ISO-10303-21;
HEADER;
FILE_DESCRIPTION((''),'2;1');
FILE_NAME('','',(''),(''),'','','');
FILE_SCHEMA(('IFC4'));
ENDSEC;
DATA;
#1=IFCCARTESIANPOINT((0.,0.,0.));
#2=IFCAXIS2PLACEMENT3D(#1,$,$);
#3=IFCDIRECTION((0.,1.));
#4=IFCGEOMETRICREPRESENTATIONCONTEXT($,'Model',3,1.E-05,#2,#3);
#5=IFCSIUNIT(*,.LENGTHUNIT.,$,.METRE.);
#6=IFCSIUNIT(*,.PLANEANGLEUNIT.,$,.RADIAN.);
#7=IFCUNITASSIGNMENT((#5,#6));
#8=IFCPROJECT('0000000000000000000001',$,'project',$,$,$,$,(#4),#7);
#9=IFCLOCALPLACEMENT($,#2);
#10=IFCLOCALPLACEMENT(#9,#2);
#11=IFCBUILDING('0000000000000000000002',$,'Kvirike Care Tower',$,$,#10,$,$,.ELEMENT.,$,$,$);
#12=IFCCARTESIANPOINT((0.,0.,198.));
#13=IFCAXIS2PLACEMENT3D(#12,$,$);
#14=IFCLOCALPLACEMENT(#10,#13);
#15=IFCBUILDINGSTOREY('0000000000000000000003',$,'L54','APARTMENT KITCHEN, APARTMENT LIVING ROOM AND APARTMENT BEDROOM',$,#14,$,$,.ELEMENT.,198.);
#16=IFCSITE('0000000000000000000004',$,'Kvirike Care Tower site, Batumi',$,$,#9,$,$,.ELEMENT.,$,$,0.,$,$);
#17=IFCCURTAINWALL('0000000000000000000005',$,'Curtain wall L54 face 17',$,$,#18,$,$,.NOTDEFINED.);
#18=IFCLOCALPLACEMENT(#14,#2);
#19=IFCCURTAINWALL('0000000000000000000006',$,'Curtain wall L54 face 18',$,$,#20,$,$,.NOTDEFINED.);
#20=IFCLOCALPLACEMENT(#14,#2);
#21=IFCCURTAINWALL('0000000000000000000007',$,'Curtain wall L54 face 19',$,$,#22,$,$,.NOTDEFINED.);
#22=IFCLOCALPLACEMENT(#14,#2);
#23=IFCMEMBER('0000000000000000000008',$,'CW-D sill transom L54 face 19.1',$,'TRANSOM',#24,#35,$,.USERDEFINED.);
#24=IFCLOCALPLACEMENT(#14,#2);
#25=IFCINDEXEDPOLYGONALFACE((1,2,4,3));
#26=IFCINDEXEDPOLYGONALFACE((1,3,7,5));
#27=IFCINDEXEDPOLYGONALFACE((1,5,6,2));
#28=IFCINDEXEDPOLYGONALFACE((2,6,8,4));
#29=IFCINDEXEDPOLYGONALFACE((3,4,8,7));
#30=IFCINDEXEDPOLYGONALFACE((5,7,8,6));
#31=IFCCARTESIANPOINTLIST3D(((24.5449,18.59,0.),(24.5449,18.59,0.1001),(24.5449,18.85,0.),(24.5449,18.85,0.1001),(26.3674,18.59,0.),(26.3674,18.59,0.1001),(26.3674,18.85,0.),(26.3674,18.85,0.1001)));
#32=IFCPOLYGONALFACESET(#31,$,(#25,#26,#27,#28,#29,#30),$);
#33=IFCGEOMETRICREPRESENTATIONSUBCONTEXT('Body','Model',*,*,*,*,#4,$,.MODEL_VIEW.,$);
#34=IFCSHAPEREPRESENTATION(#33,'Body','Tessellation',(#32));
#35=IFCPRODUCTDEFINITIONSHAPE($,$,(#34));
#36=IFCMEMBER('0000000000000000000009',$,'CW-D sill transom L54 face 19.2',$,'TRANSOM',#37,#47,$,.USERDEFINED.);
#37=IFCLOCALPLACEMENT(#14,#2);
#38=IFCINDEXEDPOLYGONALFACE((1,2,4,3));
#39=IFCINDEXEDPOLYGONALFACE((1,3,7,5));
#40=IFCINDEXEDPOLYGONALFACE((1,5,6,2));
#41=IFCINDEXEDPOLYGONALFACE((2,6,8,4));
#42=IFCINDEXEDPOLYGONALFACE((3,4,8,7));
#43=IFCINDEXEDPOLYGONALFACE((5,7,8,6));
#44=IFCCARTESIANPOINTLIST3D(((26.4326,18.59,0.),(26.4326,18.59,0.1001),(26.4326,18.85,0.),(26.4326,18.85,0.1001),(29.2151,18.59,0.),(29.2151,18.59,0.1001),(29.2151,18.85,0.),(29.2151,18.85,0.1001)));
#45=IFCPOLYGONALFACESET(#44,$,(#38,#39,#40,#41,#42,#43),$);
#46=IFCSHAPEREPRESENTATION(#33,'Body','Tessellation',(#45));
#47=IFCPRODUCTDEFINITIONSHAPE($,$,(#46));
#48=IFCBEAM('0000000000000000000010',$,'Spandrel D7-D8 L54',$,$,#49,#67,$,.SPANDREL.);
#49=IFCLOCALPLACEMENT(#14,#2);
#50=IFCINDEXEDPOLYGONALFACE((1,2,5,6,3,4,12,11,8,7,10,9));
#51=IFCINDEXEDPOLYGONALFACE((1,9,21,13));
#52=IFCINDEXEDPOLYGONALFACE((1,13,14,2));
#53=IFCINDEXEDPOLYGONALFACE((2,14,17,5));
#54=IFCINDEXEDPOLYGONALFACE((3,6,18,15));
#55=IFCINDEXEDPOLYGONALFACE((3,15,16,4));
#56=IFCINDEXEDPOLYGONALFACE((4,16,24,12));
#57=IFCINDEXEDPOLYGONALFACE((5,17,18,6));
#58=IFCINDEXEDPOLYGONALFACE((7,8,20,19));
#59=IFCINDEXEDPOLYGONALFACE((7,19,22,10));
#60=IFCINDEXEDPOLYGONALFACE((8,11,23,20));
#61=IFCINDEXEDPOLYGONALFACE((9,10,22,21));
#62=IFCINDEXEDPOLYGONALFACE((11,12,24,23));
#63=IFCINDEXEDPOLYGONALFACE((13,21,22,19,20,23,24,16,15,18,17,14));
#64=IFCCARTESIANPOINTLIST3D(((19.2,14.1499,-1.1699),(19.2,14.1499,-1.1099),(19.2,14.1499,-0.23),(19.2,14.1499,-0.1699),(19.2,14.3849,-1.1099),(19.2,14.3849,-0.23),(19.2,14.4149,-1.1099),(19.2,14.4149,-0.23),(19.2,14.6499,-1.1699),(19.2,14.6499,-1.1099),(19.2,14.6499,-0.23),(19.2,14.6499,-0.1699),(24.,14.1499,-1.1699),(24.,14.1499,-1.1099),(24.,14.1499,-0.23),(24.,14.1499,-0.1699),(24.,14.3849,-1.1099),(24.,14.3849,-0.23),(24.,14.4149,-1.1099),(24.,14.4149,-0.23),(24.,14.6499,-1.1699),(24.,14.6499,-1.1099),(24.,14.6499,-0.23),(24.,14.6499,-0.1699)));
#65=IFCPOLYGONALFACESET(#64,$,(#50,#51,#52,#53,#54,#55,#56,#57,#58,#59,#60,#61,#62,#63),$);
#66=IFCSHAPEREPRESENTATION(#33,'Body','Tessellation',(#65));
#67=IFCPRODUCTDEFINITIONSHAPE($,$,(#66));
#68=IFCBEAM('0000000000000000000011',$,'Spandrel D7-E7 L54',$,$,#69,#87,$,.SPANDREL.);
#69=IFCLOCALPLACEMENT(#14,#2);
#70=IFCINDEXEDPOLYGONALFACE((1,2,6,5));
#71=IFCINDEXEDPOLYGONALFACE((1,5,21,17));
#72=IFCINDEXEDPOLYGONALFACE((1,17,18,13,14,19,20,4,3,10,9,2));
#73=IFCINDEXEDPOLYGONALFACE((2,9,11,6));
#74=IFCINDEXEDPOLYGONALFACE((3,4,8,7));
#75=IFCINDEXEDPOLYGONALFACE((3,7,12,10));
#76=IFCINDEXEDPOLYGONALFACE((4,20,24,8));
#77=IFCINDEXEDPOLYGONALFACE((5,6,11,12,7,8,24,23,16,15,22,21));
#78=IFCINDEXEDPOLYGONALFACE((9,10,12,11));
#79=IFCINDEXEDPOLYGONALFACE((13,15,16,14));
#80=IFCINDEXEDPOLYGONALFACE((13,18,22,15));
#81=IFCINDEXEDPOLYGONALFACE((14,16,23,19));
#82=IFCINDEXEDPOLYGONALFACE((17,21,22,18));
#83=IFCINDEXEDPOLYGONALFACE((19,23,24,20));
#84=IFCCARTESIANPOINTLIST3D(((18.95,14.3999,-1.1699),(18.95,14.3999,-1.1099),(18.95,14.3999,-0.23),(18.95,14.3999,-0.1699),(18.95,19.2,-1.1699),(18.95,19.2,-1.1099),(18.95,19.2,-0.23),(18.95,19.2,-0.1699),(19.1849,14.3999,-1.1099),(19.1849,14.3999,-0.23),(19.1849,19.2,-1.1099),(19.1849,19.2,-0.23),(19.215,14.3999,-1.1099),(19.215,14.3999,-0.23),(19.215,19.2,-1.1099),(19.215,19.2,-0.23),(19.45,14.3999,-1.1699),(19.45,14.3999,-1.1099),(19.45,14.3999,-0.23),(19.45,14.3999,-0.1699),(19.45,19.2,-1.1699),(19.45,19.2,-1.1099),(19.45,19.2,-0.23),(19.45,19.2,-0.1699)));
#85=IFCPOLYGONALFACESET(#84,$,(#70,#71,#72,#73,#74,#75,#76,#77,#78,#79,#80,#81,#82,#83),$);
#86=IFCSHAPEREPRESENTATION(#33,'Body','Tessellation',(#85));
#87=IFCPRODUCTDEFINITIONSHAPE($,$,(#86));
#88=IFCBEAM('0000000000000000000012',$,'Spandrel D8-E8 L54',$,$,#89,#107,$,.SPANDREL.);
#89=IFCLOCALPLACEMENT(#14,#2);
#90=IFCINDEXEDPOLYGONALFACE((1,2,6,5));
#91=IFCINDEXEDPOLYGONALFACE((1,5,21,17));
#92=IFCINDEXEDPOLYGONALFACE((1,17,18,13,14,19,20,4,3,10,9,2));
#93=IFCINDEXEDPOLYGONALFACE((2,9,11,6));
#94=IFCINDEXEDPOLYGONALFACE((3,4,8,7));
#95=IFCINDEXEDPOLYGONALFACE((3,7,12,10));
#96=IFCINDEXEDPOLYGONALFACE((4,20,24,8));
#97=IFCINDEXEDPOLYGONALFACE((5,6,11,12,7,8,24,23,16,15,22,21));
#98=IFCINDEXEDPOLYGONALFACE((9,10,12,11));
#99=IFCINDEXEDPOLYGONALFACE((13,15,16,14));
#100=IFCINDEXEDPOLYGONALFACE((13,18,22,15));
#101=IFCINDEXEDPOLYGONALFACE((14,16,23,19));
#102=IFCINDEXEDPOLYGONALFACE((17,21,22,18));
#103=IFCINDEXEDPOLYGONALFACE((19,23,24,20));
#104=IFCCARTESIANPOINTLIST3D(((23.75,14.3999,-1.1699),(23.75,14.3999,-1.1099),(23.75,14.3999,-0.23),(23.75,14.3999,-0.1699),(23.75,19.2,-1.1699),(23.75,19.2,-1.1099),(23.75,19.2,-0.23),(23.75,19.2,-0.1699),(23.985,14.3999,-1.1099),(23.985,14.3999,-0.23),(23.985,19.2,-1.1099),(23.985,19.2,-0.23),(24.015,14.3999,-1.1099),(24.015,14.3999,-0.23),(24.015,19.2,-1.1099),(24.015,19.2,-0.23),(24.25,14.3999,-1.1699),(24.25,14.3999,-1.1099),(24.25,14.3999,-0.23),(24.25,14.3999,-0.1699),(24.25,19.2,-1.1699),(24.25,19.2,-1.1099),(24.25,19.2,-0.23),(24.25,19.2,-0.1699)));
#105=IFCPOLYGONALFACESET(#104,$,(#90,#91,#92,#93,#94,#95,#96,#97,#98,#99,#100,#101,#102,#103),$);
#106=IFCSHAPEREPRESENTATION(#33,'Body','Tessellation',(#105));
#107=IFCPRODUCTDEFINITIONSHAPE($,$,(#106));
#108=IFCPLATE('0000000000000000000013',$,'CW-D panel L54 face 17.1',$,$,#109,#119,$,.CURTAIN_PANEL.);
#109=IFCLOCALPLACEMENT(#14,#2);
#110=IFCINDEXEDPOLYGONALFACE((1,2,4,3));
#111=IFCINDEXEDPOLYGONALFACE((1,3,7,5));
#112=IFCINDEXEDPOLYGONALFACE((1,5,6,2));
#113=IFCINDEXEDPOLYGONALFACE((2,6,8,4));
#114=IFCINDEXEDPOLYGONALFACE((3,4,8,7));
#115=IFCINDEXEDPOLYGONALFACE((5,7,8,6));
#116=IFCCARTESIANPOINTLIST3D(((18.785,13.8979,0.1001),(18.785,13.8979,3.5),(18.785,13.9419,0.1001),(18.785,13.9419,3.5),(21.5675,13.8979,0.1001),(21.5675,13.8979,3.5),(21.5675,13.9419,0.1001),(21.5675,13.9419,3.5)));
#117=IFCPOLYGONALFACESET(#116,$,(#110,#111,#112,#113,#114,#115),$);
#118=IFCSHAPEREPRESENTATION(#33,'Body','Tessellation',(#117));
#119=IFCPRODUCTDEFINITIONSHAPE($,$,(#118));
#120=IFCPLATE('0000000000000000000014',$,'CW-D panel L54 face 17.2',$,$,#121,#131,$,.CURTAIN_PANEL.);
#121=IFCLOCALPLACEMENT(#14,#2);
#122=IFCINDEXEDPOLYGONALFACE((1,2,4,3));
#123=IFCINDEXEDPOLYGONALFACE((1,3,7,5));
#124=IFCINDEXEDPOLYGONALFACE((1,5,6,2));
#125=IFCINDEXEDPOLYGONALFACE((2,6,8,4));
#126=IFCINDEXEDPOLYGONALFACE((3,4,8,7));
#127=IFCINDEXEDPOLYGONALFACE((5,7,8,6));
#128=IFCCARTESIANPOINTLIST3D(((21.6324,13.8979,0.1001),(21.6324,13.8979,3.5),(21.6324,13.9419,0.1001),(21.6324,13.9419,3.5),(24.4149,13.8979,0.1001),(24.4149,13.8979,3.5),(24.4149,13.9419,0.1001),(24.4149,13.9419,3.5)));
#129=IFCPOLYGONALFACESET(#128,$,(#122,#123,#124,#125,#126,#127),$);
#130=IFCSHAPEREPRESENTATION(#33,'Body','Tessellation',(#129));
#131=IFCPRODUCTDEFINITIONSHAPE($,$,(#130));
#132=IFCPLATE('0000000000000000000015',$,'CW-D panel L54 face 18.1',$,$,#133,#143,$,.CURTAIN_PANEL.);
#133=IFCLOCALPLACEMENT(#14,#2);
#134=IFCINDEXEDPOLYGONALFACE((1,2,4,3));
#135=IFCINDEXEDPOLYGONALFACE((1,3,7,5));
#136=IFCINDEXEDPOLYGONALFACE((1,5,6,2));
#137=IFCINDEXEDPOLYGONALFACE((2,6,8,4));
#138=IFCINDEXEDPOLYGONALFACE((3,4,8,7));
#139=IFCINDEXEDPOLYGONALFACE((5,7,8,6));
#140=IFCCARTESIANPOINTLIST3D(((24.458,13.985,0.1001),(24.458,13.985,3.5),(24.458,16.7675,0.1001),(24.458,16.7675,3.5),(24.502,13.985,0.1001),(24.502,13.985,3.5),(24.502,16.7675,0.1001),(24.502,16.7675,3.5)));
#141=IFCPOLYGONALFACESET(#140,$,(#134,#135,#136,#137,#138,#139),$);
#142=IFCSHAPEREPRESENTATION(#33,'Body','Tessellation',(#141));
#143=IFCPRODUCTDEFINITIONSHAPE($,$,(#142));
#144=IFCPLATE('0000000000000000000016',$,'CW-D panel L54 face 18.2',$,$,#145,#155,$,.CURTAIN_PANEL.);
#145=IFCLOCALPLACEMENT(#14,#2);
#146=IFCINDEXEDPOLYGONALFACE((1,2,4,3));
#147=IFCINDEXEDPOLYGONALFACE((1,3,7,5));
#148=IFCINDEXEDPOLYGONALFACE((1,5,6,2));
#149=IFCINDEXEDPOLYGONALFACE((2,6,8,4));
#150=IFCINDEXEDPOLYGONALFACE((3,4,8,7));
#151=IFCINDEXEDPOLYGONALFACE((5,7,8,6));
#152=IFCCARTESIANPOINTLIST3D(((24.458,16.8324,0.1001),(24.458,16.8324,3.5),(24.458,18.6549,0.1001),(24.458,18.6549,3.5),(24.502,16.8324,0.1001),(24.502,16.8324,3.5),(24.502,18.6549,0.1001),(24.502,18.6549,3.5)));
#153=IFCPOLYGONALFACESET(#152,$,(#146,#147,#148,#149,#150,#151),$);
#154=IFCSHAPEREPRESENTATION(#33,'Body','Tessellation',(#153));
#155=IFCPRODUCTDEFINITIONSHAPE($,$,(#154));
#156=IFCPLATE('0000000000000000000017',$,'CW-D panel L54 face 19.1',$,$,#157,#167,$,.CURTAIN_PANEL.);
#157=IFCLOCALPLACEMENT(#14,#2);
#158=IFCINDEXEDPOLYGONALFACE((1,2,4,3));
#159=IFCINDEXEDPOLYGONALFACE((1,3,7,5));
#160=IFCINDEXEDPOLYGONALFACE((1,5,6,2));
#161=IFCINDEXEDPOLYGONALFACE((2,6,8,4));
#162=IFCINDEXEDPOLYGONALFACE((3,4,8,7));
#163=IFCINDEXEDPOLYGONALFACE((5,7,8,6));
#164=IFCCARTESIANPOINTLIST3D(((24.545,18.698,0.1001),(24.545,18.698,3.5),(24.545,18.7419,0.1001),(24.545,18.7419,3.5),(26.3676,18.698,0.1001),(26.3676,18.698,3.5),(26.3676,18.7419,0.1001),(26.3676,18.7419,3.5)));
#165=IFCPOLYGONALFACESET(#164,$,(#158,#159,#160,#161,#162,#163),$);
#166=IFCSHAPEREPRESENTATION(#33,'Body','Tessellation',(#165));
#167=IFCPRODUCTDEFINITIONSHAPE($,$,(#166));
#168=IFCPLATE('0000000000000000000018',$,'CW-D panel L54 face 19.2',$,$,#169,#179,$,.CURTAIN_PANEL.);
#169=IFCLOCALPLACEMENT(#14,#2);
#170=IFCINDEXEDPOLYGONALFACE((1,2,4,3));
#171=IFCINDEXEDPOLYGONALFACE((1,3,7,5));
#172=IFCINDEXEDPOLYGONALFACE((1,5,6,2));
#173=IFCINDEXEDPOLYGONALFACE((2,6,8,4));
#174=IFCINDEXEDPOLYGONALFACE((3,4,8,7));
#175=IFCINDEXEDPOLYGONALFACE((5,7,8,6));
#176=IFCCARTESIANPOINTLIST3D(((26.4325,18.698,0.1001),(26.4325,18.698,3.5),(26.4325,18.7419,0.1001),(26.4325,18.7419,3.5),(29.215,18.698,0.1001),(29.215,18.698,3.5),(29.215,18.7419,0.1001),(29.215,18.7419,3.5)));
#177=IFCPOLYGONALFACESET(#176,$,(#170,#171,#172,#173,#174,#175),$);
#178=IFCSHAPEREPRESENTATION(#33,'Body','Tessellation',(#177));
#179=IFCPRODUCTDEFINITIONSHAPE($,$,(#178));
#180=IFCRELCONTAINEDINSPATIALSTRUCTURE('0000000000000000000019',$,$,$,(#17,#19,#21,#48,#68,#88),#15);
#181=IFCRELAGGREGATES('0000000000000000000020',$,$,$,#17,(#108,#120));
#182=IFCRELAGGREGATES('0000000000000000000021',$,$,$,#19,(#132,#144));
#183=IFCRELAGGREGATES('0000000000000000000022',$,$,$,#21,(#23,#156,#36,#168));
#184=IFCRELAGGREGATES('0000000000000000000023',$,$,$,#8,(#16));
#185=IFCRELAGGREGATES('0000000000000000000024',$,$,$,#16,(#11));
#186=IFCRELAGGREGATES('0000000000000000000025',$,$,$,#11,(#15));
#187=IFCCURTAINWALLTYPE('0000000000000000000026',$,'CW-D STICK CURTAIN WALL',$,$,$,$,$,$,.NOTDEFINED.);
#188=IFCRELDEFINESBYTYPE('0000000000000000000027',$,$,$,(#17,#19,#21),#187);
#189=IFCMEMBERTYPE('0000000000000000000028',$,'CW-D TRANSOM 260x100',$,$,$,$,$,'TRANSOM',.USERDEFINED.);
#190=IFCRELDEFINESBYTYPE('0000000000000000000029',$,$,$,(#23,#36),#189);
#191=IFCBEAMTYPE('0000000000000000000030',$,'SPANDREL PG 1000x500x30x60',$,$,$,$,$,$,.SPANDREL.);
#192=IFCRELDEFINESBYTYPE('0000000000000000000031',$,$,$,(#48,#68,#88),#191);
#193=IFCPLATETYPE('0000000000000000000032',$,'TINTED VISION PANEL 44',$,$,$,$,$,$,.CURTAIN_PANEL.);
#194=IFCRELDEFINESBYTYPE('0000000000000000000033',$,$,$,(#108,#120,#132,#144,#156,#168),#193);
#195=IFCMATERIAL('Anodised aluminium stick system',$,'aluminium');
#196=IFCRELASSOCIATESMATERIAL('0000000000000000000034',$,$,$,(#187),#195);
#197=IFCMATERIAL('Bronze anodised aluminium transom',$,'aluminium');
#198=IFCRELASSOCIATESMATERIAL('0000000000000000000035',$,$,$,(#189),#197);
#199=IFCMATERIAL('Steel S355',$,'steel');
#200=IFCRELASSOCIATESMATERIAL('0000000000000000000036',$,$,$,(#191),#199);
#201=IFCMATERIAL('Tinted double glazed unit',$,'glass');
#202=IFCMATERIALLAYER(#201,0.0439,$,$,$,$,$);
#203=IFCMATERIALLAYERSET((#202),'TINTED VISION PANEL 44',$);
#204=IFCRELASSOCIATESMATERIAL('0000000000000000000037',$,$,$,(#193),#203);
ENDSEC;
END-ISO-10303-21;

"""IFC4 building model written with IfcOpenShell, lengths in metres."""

from ifc_helpers import new_model, si_unit, direction, frame, origin, origin_2d, place, context, subcontext, project, spatial, rectangle, i_section, extrude, material, layer, layer_set, material_profile, profile_set, type_object, element, aggregate, save


model = new_model("IFC4")

# Units and contexts
model_context = context("Model", 3, precision=1e-05, world=origin(), true_north=direction((0.0, 1.0)))
body_context = subcontext(model_context, "Body", "Model", "MODEL_VIEW")
ifc_project = project(units=[si_unit("LENGTHUNIT", "METRE"), si_unit("PLANEANGLEUNIT", "RADIAN")], contexts=[model_context])

# Site, building, storey
site_placement = place(None, origin())
site = spatial("IfcSite", under=ifc_project, at=site_placement, Name="Kvirike Care Tower site, Batumi", CompositionType="ELEMENT", RefElevation=0.0)
building_placement = place(site_placement, origin())
building = spatial("IfcBuilding", under=site, at=building_placement, Name="Kvirike Care Tower", CompositionType="ELEMENT")
storey_placement = place(building_placement, frame((0.0, 0.0, 198.0)))
storey = spatial("IfcBuildingStorey", under=building, at=storey_placement, Name="L54", Description="APARTMENT KITCHEN, APARTMENT LIVING ROOM AND APARTMENT BEDROOM", CompositionType="ELEMENT", Elevation=198.0)

# Curtain walls
ifc_material_1 = material(Name="Anodised aluminium stick system", Category="aluminium")
curtain_wall_type = type_object("IfcCurtainWallType", Name="CW-D STICK CURTAIN WALL", PredefinedType="NOTDEFINED", material=ifc_material_1)
curtain_wall_1_placement = place(storey_placement, origin())
curtain_wall_1 = element("IfcCurtainWall", 1, at=curtain_wall_1_placement, inside=storey, type_object=curtain_wall_type, Name="Curtain wall L54 face 17", PredefinedType="NOTDEFINED")
curtain_wall_2_placement = place(storey_placement, origin())
curtain_wall_2 = element("IfcCurtainWall", 2, at=curtain_wall_2_placement, inside=storey, type_object=curtain_wall_type, Name="Curtain wall L54 face 18", PredefinedType="NOTDEFINED")
curtain_wall_3_placement = place(storey_placement, origin())
curtain_wall_3 = element("IfcCurtainWall", 3, at=curtain_wall_3_placement, inside=storey, type_object=curtain_wall_type, Name="Curtain wall L54 face 19", PredefinedType="NOTDEFINED")

# Members
ifc_material_2 = material(Name="Bronze anodised aluminium transom", Category="aluminium")
ifc_material_profile_1 = material_profile(ifc_material_2, rectangle(XDim=0.26, YDim=0.1001, at=origin_2d()), Name="CW-D TRANSOM 260x100")
ifc_profile_set_1 = profile_set([ifc_material_profile_1], Name="Bronze anodised aluminium transom")
member_type_1 = type_object("IfcMemberType", Name="CW-D TRANSOM 260x100", ElementType="TRANSOM", PredefinedType="USERDEFINED", material=ifc_profile_set_1)
member_1_placement = place(storey_placement, frame((24.5449, 18.72, 0.05), z_axis=(1.0, 0.0, 0.0), x_axis=(0.0, 1.0, 0.0)))
member_1 = element("IfcMember", 4, at=member_1_placement, type_object=member_type_1, Name="CW-D sill transom L54 face 19.1", ObjectType="TRANSOM", PredefinedType="USERDEFINED", context=body_context, shape_type="SweptSolid", body=[
    extrude(rectangle(XDim=0.26, YDim=0.1001, at=origin_2d()), origin(), (0.0, 0.0, 1.0), 1.8225),
])
member_2_placement = place(storey_placement, frame((26.4326, 18.72, 0.05), z_axis=(1.0, 0.0, 0.0), x_axis=(0.0, 1.0, 0.0)))
member_2 = element("IfcMember", 5, at=member_2_placement, type_object=member_type_1, Name="CW-D sill transom L54 face 19.2", ObjectType="TRANSOM", PredefinedType="USERDEFINED", context=body_context, shape_type="SweptSolid", body=[
    extrude(rectangle(XDim=0.26, YDim=0.1001, at=origin_2d()), origin(), (0.0, 0.0, 1.0), 2.7825),
])

# Beams
ifc_material_3 = material(Name="Steel S355", Category="steel")
ifc_material_profile_2 = material_profile(ifc_material_3, i_section(OverallWidth=0.5, OverallDepth=1.0, WebThickness=0.03, FlangeThickness=0.0601, at=origin_2d()), Name="PG 1000x500x30x60")
ifc_profile_set_2 = profile_set([ifc_material_profile_2], Name="Steel S355")
beam_type = type_object("IfcBeamType", Name="SPANDREL PG 1000x500x30x60", PredefinedType="SPANDREL", material=ifc_profile_set_2)
for number, where, z_axis, x_axis, name in (
    (6, (19.2, 14.3999, -0.6699), (1.0, 0.0, 0.0), (0.0, 1.0, 0.0), "Spandrel D7-D8 L54"),
    (7, (19.2, 14.3999, -0.6699), (0.0, 1.0, 0.0), (-1.0, 0.0, 0.0), "Spandrel D7-E7 L54"),
    (8, (24.0, 14.3999, -0.6699), (0.0, 1.0, 0.0), (-1.0, 0.0, 0.0), "Spandrel D8-E8 L54"),
):
    element("IfcBeam", number, at=place(storey_placement, frame(where, z_axis=z_axis, x_axis=x_axis)), inside=storey, type_object=beam_type, Name=name, PredefinedType="SPANDREL", context=body_context, shape_type="SweptSolid", body=[
        extrude(i_section(OverallWidth=0.5, OverallDepth=1.0, WebThickness=0.03, FlangeThickness=0.0601, at=origin_2d()), origin(), (0.0, 0.0, 1.0), 4.8),
    ])

# Plates
ifc_material_4 = material(Name="Tinted double glazed unit", Category="glass")
ifc_layer = layer(ifc_material_4, 0.0439)
ifc_layer_set = layer_set([ifc_layer], Name="TINTED VISION PANEL 44")
plate_type = type_object("IfcPlateType", Name="TINTED VISION PANEL 44", PredefinedType="CURTAIN_PANEL", material=ifc_layer_set)
plate_1_placement = place(storey_placement, frame((20.1763, 13.9199, 0.1001), z_axis=(0.0, 0.0, 1.0), x_axis=(1.0, 0.0, 0.0)))
plate_1 = element("IfcPlate", 9, at=plate_1_placement, type_object=plate_type, Name="CW-D panel L54 face 17.1", PredefinedType="CURTAIN_PANEL", context=body_context, shape_type="SweptSolid", body=[
    extrude(rectangle(XDim=2.7825, YDim=0.0439, at=origin_2d()), origin(), (0.0, 0.0, 1.0), 3.3999),
])
plate_2_placement = place(storey_placement, frame((23.0237, 13.9199, 0.1001), z_axis=(0.0, 0.0, 1.0), x_axis=(1.0, 0.0, 0.0)))
plate_2 = element("IfcPlate", 10, at=plate_2_placement, type_object=plate_type, Name="CW-D panel L54 face 17.2", PredefinedType="CURTAIN_PANEL", context=body_context, shape_type="SweptSolid", body=[
    extrude(rectangle(XDim=2.7825, YDim=0.0439, at=origin_2d()), origin(), (0.0, 0.0, 1.0), 3.3999),
])
aggregate(curtain_wall_1, [plate_1, plate_2])
plate_3_placement = place(storey_placement, frame((24.48, 15.3762, 0.1001), z_axis=(0.0, 0.0, 1.0), x_axis=(0.0, 1.0, 0.0)))
plate_3 = element("IfcPlate", 11, at=plate_3_placement, type_object=plate_type, Name="CW-D panel L54 face 18.1", PredefinedType="CURTAIN_PANEL", context=body_context, shape_type="SweptSolid", body=[
    extrude(rectangle(XDim=2.7825, YDim=0.0439, at=origin_2d()), origin(), (0.0, 0.0, 1.0), 3.3999),
])
plate_4_placement = place(storey_placement, frame((24.48, 17.7437, 0.1001), z_axis=(0.0, 0.0, 1.0), x_axis=(0.0, 1.0, 0.0)))
plate_4 = element("IfcPlate", 12, at=plate_4_placement, type_object=plate_type, Name="CW-D panel L54 face 18.2", PredefinedType="CURTAIN_PANEL", context=body_context, shape_type="SweptSolid", body=[
    extrude(rectangle(XDim=1.8225, YDim=0.0439, at=origin_2d()), origin(), (0.0, 0.0, 1.0), 3.3999),
])
aggregate(curtain_wall_2, [plate_3, plate_4])
plate_5_placement = place(storey_placement, frame((25.4563, 18.72, 0.1001), z_axis=(0.0, 0.0, 1.0), x_axis=(1.0, 0.0, 0.0)))
plate_5 = element("IfcPlate", 13, at=plate_5_placement, type_object=plate_type, Name="CW-D panel L54 face 19.1", PredefinedType="CURTAIN_PANEL", context=body_context, shape_type="SweptSolid", body=[
    extrude(rectangle(XDim=1.8225, YDim=0.0439, at=origin_2d()), origin(), (0.0, 0.0, 1.0), 3.3999),
])
plate_6_placement = place(storey_placement, frame((27.8237, 18.72, 0.1001), z_axis=(0.0, 0.0, 1.0), x_axis=(1.0, 0.0, 0.0)))
plate_6 = element("IfcPlate", 14, at=plate_6_placement, type_object=plate_type, Name="CW-D panel L54 face 19.2", PredefinedType="CURTAIN_PANEL", context=body_context, shape_type="SweptSolid", body=[
    extrude(rectangle(XDim=2.7825, YDim=0.0439, at=origin_2d()), origin(), (0.0, 0.0, 1.0), 3.3999),
])
aggregate(curtain_wall_3, [member_1, plate_5, member_2, plate_6])

save(model, "model.ifc")
